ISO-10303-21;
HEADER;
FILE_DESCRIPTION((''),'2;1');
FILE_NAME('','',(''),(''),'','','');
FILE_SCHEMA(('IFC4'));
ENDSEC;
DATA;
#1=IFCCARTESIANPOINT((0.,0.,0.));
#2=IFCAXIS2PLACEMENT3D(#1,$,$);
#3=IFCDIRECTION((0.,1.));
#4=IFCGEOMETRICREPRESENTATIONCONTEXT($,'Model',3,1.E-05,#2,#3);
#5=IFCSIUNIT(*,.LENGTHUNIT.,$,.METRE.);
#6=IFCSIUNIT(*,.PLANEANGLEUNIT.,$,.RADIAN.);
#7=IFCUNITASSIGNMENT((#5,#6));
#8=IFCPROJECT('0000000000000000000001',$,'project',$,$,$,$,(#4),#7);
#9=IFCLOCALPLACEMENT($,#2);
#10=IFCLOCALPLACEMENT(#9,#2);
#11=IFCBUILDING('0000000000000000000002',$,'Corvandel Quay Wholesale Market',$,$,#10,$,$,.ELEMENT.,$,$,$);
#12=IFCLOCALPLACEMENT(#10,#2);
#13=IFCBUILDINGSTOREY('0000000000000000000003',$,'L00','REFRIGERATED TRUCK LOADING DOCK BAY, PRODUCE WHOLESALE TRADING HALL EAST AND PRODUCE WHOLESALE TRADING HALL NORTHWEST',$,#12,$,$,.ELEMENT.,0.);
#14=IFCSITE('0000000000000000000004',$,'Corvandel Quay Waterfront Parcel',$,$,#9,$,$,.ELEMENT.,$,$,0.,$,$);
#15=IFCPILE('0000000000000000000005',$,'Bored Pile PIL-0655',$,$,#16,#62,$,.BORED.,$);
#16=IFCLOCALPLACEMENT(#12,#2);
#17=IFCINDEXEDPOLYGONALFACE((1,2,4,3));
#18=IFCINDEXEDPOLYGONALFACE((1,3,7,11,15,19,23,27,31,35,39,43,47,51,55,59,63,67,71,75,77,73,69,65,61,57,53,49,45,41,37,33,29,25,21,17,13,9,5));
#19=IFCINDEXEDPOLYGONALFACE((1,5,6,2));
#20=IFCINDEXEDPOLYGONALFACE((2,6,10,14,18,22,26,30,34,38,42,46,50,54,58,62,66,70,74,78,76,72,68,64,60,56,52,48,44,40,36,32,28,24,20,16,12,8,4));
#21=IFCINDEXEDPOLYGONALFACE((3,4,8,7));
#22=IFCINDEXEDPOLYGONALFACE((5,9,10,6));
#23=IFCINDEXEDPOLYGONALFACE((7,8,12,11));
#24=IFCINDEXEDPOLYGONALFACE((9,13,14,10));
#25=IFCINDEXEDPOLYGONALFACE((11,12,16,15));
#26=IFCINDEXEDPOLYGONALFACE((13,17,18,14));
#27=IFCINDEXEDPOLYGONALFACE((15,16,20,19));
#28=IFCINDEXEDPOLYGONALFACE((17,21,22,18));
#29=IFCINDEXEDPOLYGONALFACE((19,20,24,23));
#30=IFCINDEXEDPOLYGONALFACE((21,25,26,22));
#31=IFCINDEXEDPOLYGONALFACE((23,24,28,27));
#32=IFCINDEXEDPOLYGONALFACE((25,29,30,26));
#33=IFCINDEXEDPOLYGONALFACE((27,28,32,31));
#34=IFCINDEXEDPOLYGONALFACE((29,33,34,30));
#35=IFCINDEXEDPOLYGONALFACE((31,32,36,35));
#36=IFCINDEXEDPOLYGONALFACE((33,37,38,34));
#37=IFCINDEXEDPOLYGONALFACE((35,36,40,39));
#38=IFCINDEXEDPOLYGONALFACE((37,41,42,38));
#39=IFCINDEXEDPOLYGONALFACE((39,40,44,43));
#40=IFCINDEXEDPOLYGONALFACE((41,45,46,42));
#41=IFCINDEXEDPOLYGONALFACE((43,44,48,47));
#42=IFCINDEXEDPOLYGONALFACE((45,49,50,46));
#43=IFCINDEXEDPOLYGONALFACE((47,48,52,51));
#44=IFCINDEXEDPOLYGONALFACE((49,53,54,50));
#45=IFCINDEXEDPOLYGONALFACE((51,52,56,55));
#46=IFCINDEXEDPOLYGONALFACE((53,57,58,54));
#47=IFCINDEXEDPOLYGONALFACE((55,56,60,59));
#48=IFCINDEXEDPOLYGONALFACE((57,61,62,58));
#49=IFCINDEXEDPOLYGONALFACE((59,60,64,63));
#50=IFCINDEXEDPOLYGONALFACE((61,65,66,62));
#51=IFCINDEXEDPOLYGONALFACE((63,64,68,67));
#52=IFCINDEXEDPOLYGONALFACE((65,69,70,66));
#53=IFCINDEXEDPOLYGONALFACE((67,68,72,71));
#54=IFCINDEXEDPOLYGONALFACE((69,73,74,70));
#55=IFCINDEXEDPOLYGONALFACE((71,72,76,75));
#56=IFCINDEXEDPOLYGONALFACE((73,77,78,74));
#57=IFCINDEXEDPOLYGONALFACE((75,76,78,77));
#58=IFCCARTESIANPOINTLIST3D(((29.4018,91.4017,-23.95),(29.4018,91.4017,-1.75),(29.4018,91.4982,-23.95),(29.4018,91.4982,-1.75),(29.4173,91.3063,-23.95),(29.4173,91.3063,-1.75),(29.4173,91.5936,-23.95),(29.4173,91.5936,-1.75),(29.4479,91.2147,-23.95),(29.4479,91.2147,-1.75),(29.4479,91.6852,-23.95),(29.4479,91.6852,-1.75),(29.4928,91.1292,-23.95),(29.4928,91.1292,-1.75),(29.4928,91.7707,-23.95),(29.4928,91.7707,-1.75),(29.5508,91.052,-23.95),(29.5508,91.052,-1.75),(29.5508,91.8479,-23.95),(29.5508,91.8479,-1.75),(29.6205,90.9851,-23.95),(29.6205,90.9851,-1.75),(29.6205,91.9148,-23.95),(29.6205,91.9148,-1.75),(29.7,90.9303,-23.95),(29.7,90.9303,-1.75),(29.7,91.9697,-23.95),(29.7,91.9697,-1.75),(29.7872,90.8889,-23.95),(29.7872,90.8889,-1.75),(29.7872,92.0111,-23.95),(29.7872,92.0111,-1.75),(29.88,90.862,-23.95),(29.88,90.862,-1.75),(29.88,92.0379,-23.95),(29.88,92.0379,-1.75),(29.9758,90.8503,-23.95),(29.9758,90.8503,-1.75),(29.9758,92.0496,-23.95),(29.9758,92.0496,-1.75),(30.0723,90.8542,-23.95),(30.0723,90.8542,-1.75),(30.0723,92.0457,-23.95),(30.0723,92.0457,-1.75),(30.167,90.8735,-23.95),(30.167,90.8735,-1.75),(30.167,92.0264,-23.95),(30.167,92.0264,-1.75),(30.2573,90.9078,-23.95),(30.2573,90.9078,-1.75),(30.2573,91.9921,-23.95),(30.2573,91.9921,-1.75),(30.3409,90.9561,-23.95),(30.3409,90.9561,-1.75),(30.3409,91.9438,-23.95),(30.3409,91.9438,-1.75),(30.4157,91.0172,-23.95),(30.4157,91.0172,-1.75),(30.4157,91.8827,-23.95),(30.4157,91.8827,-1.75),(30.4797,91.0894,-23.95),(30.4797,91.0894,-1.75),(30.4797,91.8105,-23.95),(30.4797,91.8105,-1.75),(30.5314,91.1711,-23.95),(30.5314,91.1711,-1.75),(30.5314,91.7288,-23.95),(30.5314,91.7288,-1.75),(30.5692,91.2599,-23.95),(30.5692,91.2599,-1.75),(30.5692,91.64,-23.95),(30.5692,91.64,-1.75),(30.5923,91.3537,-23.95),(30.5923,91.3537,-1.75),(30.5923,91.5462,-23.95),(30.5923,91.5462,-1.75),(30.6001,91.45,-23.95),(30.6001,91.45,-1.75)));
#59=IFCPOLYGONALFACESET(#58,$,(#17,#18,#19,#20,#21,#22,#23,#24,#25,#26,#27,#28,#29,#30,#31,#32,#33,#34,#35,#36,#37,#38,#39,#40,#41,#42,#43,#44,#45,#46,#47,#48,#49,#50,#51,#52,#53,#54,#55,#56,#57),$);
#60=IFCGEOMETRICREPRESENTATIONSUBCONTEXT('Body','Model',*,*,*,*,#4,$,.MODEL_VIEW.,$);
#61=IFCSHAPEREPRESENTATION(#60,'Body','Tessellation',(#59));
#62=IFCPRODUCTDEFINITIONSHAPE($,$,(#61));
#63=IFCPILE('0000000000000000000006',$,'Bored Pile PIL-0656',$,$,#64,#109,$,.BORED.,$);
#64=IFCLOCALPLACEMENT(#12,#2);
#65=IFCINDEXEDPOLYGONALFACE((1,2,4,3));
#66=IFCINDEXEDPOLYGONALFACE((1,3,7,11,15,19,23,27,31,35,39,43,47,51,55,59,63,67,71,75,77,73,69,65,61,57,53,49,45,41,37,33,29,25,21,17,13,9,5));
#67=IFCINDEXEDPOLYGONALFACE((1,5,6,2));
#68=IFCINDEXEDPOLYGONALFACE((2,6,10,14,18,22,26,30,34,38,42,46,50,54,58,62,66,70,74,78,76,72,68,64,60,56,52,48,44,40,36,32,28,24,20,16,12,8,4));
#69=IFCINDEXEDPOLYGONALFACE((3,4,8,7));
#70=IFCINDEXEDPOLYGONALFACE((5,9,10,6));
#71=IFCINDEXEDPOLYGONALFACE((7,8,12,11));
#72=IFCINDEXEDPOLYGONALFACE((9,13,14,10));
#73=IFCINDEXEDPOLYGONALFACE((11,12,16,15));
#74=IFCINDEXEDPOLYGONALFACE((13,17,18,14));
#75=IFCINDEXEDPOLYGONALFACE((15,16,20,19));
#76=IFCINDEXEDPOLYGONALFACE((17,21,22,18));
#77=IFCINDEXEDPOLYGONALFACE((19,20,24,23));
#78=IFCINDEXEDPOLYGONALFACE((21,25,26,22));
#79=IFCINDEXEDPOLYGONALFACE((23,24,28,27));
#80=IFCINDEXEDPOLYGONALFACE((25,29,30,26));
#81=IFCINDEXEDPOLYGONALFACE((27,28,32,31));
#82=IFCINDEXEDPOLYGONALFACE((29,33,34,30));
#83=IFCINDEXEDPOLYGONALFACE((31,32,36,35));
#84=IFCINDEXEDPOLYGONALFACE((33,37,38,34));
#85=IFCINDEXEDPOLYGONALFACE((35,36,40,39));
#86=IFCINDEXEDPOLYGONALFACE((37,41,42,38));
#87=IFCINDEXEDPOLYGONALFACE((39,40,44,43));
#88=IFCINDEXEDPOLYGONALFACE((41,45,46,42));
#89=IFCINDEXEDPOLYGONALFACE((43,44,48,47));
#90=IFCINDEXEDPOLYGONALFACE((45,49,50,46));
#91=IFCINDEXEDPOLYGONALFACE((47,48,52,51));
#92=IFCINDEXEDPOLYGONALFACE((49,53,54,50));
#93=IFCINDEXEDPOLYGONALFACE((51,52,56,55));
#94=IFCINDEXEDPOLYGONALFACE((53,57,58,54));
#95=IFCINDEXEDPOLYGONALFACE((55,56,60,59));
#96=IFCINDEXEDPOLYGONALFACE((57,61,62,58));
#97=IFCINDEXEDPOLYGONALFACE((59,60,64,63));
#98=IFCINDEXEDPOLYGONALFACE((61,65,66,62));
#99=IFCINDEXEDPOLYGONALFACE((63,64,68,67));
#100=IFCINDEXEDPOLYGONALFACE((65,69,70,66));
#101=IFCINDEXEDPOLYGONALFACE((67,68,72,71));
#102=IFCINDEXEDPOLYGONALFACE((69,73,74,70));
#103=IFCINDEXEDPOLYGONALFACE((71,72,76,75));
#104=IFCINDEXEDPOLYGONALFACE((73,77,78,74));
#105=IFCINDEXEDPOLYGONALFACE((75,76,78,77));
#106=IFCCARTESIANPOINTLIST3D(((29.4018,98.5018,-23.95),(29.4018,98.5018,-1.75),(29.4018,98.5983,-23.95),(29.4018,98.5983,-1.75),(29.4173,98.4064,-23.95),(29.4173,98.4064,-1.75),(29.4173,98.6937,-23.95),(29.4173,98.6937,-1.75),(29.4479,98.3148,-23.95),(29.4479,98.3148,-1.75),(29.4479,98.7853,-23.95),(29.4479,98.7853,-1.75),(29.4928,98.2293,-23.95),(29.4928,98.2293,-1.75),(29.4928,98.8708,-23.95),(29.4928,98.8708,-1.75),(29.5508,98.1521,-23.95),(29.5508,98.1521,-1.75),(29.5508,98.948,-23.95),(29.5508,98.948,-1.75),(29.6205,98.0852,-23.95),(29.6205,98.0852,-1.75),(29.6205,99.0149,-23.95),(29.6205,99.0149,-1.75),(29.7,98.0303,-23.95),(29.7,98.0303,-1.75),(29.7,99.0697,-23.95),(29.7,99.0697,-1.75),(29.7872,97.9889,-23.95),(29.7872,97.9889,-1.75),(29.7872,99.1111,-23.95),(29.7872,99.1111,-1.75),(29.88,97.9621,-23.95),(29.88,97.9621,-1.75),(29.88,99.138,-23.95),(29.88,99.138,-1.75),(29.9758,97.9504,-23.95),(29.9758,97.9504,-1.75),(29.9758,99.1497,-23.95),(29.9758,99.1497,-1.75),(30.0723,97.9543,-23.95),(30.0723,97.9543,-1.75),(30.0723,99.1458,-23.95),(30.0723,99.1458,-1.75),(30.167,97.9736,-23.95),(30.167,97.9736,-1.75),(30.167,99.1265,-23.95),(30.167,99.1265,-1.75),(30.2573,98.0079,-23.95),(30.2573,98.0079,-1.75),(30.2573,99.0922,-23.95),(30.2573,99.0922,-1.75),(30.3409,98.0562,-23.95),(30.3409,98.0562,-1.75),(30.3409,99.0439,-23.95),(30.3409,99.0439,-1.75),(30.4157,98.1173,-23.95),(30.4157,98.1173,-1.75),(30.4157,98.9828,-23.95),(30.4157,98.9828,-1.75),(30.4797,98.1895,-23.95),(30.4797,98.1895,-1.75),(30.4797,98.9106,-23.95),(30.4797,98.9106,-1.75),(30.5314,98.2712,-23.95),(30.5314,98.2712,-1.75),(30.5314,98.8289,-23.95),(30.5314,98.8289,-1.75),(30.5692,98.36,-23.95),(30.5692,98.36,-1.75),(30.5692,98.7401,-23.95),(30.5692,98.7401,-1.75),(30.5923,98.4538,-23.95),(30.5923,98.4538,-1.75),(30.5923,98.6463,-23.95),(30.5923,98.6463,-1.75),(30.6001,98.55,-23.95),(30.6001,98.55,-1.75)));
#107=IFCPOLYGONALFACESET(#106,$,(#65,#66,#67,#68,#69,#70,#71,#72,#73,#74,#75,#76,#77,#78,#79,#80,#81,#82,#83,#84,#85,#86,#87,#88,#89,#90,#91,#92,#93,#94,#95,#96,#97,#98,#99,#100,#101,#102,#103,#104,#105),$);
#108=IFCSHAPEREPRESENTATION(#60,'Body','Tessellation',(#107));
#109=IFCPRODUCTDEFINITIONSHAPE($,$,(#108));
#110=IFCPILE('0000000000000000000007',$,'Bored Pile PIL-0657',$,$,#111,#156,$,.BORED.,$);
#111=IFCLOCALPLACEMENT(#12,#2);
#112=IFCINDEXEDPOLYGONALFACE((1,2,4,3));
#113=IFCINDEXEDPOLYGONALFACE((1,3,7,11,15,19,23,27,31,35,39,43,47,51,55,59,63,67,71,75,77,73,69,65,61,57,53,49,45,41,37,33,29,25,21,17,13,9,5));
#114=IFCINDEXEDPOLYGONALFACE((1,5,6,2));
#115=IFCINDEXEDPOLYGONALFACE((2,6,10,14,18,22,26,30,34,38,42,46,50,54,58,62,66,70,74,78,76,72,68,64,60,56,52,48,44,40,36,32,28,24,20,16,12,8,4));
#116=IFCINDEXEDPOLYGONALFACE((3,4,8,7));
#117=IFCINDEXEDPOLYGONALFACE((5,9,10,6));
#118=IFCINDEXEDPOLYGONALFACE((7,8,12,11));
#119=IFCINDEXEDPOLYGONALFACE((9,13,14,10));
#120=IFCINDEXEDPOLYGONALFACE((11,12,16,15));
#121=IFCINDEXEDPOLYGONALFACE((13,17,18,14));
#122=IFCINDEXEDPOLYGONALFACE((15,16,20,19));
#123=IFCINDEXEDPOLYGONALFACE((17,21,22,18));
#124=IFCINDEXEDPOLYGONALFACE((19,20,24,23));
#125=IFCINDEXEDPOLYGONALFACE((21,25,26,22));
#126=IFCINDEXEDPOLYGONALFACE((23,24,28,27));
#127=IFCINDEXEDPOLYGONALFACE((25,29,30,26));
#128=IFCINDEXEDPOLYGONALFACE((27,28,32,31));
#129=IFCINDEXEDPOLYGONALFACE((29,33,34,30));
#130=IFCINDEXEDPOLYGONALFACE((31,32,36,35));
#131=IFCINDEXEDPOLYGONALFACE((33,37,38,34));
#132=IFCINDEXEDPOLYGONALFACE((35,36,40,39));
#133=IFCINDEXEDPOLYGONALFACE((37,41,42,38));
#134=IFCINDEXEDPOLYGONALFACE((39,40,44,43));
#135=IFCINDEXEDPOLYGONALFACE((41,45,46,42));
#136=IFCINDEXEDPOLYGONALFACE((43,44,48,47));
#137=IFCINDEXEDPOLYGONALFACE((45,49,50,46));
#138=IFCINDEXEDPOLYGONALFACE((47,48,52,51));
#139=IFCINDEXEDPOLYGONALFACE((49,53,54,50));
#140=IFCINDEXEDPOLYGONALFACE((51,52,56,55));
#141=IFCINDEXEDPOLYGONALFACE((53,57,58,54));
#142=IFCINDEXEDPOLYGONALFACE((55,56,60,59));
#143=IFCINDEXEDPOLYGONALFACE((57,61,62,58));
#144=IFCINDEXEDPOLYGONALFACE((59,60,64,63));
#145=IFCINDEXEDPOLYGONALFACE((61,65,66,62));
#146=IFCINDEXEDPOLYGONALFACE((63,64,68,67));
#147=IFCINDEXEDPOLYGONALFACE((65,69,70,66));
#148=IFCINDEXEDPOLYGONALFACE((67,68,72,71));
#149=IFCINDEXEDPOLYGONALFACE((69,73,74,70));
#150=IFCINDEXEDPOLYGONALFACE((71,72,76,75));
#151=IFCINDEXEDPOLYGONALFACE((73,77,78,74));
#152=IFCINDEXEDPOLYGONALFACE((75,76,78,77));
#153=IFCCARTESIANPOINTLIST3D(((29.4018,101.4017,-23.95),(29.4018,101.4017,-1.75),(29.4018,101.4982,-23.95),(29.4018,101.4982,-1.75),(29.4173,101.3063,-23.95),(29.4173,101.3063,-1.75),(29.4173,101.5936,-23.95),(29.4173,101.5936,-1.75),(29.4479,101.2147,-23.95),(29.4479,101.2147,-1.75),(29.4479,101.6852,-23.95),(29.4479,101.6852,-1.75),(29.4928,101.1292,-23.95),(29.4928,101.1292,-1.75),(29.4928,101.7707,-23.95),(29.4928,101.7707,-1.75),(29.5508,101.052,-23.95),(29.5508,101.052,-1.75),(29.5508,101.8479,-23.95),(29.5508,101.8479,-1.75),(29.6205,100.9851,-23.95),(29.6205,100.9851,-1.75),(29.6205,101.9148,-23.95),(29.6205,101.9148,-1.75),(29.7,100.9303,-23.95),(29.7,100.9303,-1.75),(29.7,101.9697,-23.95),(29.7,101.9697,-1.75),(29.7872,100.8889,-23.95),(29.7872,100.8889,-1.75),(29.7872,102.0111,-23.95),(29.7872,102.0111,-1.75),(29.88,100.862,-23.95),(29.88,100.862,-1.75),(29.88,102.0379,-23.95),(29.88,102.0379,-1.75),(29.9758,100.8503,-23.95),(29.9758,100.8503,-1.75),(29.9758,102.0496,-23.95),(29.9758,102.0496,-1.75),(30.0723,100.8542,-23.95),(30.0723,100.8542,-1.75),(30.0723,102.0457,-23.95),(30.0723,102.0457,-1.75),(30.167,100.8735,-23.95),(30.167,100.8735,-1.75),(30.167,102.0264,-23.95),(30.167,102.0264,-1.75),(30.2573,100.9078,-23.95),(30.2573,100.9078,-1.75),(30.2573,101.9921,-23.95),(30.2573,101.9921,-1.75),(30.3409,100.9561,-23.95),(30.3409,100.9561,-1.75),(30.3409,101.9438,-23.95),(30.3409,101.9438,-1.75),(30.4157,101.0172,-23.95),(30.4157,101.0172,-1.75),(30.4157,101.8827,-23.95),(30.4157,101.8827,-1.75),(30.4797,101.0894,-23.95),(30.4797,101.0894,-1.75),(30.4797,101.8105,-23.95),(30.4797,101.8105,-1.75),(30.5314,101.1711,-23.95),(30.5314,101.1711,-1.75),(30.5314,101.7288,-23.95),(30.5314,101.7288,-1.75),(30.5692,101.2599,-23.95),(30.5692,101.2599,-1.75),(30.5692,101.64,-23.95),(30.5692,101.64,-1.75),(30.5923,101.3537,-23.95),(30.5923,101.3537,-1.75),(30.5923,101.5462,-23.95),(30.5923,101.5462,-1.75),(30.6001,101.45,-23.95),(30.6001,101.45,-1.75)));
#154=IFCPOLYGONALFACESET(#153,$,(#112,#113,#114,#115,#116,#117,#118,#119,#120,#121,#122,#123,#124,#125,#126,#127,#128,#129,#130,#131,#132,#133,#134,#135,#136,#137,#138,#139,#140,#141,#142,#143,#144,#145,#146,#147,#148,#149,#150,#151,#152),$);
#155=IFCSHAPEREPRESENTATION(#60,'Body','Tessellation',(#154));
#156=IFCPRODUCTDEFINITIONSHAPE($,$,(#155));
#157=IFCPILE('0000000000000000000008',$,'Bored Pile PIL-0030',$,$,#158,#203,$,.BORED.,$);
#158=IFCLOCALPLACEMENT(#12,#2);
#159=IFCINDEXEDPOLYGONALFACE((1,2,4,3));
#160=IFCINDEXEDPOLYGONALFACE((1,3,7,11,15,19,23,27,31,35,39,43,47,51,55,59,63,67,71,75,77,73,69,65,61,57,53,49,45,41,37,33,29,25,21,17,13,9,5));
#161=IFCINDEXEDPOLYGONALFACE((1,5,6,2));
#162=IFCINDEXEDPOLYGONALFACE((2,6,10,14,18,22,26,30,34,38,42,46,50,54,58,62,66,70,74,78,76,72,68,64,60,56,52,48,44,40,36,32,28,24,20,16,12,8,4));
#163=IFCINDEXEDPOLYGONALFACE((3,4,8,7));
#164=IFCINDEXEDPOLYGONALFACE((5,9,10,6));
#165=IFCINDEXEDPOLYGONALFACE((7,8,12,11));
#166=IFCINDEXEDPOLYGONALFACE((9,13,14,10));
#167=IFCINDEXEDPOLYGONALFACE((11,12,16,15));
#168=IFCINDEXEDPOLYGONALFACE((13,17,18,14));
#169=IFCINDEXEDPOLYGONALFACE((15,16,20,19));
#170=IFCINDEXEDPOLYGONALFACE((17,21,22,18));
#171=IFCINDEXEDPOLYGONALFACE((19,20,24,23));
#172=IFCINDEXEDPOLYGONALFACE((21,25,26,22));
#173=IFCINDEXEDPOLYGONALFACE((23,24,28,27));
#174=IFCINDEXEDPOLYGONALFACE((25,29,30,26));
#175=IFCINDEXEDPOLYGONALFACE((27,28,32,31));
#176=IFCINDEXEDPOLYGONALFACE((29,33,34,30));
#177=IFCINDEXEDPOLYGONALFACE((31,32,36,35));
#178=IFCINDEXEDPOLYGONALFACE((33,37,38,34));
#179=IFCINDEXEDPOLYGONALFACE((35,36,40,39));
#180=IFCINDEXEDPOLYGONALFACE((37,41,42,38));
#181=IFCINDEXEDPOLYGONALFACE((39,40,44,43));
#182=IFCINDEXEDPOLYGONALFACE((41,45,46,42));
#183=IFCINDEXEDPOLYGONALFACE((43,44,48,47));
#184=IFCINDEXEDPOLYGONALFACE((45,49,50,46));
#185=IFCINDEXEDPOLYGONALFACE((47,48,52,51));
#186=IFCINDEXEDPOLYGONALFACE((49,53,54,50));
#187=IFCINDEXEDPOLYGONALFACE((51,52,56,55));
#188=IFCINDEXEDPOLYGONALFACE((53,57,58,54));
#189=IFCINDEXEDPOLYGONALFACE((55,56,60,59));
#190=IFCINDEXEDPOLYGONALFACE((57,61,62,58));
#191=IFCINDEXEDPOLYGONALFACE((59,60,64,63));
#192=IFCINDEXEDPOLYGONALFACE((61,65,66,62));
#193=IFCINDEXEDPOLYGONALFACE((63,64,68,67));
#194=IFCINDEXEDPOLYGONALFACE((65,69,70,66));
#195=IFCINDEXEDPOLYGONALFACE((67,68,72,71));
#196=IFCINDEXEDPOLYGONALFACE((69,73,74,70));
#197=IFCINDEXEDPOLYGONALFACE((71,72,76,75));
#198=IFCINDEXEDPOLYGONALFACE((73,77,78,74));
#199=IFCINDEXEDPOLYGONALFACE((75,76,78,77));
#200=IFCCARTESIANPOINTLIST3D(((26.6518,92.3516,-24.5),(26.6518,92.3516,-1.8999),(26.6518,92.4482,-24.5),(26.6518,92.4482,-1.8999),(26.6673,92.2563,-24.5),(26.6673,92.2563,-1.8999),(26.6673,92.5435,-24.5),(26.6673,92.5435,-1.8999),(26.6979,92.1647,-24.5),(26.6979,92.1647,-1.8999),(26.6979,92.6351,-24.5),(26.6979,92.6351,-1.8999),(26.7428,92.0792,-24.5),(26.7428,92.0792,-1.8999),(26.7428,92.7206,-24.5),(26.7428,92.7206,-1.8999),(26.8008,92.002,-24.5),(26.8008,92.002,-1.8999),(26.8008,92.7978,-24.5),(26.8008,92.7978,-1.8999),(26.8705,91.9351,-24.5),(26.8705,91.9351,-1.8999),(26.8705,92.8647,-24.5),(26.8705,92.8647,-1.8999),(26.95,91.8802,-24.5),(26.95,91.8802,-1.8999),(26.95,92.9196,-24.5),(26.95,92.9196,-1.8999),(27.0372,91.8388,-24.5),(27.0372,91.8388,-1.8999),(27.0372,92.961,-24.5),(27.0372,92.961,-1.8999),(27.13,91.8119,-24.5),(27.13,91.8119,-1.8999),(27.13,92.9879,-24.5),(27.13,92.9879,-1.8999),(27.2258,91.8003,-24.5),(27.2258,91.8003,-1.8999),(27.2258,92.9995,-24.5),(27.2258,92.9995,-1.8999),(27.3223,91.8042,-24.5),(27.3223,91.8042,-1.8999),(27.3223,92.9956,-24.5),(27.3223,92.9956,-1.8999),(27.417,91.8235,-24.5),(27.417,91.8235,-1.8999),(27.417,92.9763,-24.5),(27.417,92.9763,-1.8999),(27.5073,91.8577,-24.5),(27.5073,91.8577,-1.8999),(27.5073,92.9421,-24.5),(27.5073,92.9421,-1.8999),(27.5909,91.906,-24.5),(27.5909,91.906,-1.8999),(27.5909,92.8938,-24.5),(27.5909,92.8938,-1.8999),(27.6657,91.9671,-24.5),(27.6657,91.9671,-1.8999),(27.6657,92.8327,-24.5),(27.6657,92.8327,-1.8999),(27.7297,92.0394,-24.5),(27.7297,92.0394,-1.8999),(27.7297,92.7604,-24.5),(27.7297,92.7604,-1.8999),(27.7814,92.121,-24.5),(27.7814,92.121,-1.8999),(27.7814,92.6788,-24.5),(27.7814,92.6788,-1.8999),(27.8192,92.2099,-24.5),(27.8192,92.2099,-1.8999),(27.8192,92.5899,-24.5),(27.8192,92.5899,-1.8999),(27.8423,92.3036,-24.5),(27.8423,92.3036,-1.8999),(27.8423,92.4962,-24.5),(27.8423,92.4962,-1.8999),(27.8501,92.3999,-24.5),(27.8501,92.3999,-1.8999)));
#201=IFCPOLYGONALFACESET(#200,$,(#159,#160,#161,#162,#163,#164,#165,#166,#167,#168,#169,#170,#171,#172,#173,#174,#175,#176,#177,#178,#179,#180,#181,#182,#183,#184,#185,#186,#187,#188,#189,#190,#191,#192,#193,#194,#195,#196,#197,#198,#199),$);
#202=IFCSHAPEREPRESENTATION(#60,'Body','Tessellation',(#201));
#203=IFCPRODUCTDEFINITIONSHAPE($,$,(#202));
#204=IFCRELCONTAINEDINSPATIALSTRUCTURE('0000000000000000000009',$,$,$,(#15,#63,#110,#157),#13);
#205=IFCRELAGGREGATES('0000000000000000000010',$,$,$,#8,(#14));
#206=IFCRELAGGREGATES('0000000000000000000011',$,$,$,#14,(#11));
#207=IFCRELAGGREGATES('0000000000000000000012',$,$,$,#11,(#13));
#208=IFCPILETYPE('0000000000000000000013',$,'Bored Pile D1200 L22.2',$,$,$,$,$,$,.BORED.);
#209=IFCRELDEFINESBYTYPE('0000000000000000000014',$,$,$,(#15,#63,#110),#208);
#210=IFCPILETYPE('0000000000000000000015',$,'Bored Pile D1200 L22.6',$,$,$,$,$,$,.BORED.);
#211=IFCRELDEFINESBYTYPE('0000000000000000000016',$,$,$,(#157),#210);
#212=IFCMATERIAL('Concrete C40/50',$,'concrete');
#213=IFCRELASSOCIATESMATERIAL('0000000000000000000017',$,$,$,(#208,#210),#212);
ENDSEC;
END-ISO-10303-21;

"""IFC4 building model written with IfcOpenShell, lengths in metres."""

from ifc_helpers import new_model, si_unit, direction, frame, origin, origin_2d, place, context, subcontext, project, spatial, circle, extrude, material, material_profile, profile_set, type_object, element, save


model = new_model("IFC4")

# Units and contexts
model_context = context("Model", 3, precision=1e-05, world=origin(), true_north=direction((0.0, 1.0)))
body_context = subcontext(model_context, "Body", "Model", "MODEL_VIEW")
ifc_project = project(units=[si_unit("LENGTHUNIT", "METRE"), si_unit("PLANEANGLEUNIT", "RADIAN")], contexts=[model_context])

# Site, building, storey
site_placement = place(None, origin())
site = spatial("IfcSite", under=ifc_project, at=site_placement, Name="Corvandel Quay Waterfront Parcel", CompositionType="ELEMENT", RefElevation=0.0)
building_placement = place(site_placement, origin())
building = spatial("IfcBuilding", under=site, at=building_placement, Name="Corvandel Quay Wholesale Market", CompositionType="ELEMENT")
storey_placement = place(building_placement, origin())
storey = spatial("IfcBuildingStorey", under=building, at=storey_placement, Name="L00", Description="REFRIGERATED TRUCK LOADING DOCK BAY, PRODUCE WHOLESALE TRADING HALL EAST AND PRODUCE WHOLESALE TRADING HALL NORTHWEST", CompositionType="ELEMENT", Elevation=0.0)

# Piles
ifc_material_1 = material(Name="Concrete C40/50", Category="concrete")
ifc_material_profile_1 = material_profile(ifc_material_1, circle(Radius=0.6001, at=origin_2d()), Name="RC-PILE-D1200")
ifc_profile_set_1 = profile_set([ifc_material_profile_1], Name="Concrete C40/50")
pile_type_1 = type_object("IfcPileType", Name="Bored Pile D1200 L22.2", PredefinedType="BORED", material=ifc_profile_set_1)
for number, where, z_axis, x_axis, name in (
    (1, (30.0, 91.45, -1.75), (0.0, 0.0, -1.0), (1.0, 0.0, 0.0), "Bored Pile PIL-0655"),
    (2, (30.0, 98.55, -1.75), (0.0, 0.0, -1.0), (1.0, 0.0, 0.0), "Bored Pile PIL-0656"),
    (3, (30.0, 101.45, -1.75), (0.0, 0.0, -1.0), (1.0, 0.0, 0.0), "Bored Pile PIL-0657"),
):
    element("IfcPile", number, at=place(storey_placement, frame(where, z_axis=z_axis, x_axis=x_axis)), inside=storey, type_object=pile_type_1, Name=name, PredefinedType="BORED", context=body_context, shape_type="SweptSolid", body=[
        extrude(circle(Radius=0.6001, at=origin_2d()), origin(), (0.0, 0.0, 1.0), 22.2),
    ])
ifc_material_profile_2 = material_profile(ifc_material_1, circle(Radius=0.6001, at=origin_2d()), Name="RC-PILE-D1200")
ifc_profile_set_2 = profile_set([ifc_material_profile_2], Name="Concrete C40/50")
pile_type_2 = type_object("IfcPileType", Name="Bored Pile D1200 L22.6", PredefinedType="BORED", material=ifc_profile_set_2)
for number, where, z_axis, x_axis, name in (
    (4, (27.25, 92.3999, -1.8999), (0.0, 0.0, -1.0), (1.0, 0.0, 0.0), "Bored Pile PIL-0030"),
):
    element("IfcPile", number, at=place(storey_placement, frame(where, z_axis=z_axis, x_axis=x_axis)), inside=storey, type_object=pile_type_2, Name=name, PredefinedType="BORED", context=body_context, shape_type="SweptSolid", body=[
        extrude(circle(Radius=0.6001, at=origin_2d()), origin(), (0.0, 0.0, 1.0), 22.6001),
    ])

save(model, "model.ifc")
